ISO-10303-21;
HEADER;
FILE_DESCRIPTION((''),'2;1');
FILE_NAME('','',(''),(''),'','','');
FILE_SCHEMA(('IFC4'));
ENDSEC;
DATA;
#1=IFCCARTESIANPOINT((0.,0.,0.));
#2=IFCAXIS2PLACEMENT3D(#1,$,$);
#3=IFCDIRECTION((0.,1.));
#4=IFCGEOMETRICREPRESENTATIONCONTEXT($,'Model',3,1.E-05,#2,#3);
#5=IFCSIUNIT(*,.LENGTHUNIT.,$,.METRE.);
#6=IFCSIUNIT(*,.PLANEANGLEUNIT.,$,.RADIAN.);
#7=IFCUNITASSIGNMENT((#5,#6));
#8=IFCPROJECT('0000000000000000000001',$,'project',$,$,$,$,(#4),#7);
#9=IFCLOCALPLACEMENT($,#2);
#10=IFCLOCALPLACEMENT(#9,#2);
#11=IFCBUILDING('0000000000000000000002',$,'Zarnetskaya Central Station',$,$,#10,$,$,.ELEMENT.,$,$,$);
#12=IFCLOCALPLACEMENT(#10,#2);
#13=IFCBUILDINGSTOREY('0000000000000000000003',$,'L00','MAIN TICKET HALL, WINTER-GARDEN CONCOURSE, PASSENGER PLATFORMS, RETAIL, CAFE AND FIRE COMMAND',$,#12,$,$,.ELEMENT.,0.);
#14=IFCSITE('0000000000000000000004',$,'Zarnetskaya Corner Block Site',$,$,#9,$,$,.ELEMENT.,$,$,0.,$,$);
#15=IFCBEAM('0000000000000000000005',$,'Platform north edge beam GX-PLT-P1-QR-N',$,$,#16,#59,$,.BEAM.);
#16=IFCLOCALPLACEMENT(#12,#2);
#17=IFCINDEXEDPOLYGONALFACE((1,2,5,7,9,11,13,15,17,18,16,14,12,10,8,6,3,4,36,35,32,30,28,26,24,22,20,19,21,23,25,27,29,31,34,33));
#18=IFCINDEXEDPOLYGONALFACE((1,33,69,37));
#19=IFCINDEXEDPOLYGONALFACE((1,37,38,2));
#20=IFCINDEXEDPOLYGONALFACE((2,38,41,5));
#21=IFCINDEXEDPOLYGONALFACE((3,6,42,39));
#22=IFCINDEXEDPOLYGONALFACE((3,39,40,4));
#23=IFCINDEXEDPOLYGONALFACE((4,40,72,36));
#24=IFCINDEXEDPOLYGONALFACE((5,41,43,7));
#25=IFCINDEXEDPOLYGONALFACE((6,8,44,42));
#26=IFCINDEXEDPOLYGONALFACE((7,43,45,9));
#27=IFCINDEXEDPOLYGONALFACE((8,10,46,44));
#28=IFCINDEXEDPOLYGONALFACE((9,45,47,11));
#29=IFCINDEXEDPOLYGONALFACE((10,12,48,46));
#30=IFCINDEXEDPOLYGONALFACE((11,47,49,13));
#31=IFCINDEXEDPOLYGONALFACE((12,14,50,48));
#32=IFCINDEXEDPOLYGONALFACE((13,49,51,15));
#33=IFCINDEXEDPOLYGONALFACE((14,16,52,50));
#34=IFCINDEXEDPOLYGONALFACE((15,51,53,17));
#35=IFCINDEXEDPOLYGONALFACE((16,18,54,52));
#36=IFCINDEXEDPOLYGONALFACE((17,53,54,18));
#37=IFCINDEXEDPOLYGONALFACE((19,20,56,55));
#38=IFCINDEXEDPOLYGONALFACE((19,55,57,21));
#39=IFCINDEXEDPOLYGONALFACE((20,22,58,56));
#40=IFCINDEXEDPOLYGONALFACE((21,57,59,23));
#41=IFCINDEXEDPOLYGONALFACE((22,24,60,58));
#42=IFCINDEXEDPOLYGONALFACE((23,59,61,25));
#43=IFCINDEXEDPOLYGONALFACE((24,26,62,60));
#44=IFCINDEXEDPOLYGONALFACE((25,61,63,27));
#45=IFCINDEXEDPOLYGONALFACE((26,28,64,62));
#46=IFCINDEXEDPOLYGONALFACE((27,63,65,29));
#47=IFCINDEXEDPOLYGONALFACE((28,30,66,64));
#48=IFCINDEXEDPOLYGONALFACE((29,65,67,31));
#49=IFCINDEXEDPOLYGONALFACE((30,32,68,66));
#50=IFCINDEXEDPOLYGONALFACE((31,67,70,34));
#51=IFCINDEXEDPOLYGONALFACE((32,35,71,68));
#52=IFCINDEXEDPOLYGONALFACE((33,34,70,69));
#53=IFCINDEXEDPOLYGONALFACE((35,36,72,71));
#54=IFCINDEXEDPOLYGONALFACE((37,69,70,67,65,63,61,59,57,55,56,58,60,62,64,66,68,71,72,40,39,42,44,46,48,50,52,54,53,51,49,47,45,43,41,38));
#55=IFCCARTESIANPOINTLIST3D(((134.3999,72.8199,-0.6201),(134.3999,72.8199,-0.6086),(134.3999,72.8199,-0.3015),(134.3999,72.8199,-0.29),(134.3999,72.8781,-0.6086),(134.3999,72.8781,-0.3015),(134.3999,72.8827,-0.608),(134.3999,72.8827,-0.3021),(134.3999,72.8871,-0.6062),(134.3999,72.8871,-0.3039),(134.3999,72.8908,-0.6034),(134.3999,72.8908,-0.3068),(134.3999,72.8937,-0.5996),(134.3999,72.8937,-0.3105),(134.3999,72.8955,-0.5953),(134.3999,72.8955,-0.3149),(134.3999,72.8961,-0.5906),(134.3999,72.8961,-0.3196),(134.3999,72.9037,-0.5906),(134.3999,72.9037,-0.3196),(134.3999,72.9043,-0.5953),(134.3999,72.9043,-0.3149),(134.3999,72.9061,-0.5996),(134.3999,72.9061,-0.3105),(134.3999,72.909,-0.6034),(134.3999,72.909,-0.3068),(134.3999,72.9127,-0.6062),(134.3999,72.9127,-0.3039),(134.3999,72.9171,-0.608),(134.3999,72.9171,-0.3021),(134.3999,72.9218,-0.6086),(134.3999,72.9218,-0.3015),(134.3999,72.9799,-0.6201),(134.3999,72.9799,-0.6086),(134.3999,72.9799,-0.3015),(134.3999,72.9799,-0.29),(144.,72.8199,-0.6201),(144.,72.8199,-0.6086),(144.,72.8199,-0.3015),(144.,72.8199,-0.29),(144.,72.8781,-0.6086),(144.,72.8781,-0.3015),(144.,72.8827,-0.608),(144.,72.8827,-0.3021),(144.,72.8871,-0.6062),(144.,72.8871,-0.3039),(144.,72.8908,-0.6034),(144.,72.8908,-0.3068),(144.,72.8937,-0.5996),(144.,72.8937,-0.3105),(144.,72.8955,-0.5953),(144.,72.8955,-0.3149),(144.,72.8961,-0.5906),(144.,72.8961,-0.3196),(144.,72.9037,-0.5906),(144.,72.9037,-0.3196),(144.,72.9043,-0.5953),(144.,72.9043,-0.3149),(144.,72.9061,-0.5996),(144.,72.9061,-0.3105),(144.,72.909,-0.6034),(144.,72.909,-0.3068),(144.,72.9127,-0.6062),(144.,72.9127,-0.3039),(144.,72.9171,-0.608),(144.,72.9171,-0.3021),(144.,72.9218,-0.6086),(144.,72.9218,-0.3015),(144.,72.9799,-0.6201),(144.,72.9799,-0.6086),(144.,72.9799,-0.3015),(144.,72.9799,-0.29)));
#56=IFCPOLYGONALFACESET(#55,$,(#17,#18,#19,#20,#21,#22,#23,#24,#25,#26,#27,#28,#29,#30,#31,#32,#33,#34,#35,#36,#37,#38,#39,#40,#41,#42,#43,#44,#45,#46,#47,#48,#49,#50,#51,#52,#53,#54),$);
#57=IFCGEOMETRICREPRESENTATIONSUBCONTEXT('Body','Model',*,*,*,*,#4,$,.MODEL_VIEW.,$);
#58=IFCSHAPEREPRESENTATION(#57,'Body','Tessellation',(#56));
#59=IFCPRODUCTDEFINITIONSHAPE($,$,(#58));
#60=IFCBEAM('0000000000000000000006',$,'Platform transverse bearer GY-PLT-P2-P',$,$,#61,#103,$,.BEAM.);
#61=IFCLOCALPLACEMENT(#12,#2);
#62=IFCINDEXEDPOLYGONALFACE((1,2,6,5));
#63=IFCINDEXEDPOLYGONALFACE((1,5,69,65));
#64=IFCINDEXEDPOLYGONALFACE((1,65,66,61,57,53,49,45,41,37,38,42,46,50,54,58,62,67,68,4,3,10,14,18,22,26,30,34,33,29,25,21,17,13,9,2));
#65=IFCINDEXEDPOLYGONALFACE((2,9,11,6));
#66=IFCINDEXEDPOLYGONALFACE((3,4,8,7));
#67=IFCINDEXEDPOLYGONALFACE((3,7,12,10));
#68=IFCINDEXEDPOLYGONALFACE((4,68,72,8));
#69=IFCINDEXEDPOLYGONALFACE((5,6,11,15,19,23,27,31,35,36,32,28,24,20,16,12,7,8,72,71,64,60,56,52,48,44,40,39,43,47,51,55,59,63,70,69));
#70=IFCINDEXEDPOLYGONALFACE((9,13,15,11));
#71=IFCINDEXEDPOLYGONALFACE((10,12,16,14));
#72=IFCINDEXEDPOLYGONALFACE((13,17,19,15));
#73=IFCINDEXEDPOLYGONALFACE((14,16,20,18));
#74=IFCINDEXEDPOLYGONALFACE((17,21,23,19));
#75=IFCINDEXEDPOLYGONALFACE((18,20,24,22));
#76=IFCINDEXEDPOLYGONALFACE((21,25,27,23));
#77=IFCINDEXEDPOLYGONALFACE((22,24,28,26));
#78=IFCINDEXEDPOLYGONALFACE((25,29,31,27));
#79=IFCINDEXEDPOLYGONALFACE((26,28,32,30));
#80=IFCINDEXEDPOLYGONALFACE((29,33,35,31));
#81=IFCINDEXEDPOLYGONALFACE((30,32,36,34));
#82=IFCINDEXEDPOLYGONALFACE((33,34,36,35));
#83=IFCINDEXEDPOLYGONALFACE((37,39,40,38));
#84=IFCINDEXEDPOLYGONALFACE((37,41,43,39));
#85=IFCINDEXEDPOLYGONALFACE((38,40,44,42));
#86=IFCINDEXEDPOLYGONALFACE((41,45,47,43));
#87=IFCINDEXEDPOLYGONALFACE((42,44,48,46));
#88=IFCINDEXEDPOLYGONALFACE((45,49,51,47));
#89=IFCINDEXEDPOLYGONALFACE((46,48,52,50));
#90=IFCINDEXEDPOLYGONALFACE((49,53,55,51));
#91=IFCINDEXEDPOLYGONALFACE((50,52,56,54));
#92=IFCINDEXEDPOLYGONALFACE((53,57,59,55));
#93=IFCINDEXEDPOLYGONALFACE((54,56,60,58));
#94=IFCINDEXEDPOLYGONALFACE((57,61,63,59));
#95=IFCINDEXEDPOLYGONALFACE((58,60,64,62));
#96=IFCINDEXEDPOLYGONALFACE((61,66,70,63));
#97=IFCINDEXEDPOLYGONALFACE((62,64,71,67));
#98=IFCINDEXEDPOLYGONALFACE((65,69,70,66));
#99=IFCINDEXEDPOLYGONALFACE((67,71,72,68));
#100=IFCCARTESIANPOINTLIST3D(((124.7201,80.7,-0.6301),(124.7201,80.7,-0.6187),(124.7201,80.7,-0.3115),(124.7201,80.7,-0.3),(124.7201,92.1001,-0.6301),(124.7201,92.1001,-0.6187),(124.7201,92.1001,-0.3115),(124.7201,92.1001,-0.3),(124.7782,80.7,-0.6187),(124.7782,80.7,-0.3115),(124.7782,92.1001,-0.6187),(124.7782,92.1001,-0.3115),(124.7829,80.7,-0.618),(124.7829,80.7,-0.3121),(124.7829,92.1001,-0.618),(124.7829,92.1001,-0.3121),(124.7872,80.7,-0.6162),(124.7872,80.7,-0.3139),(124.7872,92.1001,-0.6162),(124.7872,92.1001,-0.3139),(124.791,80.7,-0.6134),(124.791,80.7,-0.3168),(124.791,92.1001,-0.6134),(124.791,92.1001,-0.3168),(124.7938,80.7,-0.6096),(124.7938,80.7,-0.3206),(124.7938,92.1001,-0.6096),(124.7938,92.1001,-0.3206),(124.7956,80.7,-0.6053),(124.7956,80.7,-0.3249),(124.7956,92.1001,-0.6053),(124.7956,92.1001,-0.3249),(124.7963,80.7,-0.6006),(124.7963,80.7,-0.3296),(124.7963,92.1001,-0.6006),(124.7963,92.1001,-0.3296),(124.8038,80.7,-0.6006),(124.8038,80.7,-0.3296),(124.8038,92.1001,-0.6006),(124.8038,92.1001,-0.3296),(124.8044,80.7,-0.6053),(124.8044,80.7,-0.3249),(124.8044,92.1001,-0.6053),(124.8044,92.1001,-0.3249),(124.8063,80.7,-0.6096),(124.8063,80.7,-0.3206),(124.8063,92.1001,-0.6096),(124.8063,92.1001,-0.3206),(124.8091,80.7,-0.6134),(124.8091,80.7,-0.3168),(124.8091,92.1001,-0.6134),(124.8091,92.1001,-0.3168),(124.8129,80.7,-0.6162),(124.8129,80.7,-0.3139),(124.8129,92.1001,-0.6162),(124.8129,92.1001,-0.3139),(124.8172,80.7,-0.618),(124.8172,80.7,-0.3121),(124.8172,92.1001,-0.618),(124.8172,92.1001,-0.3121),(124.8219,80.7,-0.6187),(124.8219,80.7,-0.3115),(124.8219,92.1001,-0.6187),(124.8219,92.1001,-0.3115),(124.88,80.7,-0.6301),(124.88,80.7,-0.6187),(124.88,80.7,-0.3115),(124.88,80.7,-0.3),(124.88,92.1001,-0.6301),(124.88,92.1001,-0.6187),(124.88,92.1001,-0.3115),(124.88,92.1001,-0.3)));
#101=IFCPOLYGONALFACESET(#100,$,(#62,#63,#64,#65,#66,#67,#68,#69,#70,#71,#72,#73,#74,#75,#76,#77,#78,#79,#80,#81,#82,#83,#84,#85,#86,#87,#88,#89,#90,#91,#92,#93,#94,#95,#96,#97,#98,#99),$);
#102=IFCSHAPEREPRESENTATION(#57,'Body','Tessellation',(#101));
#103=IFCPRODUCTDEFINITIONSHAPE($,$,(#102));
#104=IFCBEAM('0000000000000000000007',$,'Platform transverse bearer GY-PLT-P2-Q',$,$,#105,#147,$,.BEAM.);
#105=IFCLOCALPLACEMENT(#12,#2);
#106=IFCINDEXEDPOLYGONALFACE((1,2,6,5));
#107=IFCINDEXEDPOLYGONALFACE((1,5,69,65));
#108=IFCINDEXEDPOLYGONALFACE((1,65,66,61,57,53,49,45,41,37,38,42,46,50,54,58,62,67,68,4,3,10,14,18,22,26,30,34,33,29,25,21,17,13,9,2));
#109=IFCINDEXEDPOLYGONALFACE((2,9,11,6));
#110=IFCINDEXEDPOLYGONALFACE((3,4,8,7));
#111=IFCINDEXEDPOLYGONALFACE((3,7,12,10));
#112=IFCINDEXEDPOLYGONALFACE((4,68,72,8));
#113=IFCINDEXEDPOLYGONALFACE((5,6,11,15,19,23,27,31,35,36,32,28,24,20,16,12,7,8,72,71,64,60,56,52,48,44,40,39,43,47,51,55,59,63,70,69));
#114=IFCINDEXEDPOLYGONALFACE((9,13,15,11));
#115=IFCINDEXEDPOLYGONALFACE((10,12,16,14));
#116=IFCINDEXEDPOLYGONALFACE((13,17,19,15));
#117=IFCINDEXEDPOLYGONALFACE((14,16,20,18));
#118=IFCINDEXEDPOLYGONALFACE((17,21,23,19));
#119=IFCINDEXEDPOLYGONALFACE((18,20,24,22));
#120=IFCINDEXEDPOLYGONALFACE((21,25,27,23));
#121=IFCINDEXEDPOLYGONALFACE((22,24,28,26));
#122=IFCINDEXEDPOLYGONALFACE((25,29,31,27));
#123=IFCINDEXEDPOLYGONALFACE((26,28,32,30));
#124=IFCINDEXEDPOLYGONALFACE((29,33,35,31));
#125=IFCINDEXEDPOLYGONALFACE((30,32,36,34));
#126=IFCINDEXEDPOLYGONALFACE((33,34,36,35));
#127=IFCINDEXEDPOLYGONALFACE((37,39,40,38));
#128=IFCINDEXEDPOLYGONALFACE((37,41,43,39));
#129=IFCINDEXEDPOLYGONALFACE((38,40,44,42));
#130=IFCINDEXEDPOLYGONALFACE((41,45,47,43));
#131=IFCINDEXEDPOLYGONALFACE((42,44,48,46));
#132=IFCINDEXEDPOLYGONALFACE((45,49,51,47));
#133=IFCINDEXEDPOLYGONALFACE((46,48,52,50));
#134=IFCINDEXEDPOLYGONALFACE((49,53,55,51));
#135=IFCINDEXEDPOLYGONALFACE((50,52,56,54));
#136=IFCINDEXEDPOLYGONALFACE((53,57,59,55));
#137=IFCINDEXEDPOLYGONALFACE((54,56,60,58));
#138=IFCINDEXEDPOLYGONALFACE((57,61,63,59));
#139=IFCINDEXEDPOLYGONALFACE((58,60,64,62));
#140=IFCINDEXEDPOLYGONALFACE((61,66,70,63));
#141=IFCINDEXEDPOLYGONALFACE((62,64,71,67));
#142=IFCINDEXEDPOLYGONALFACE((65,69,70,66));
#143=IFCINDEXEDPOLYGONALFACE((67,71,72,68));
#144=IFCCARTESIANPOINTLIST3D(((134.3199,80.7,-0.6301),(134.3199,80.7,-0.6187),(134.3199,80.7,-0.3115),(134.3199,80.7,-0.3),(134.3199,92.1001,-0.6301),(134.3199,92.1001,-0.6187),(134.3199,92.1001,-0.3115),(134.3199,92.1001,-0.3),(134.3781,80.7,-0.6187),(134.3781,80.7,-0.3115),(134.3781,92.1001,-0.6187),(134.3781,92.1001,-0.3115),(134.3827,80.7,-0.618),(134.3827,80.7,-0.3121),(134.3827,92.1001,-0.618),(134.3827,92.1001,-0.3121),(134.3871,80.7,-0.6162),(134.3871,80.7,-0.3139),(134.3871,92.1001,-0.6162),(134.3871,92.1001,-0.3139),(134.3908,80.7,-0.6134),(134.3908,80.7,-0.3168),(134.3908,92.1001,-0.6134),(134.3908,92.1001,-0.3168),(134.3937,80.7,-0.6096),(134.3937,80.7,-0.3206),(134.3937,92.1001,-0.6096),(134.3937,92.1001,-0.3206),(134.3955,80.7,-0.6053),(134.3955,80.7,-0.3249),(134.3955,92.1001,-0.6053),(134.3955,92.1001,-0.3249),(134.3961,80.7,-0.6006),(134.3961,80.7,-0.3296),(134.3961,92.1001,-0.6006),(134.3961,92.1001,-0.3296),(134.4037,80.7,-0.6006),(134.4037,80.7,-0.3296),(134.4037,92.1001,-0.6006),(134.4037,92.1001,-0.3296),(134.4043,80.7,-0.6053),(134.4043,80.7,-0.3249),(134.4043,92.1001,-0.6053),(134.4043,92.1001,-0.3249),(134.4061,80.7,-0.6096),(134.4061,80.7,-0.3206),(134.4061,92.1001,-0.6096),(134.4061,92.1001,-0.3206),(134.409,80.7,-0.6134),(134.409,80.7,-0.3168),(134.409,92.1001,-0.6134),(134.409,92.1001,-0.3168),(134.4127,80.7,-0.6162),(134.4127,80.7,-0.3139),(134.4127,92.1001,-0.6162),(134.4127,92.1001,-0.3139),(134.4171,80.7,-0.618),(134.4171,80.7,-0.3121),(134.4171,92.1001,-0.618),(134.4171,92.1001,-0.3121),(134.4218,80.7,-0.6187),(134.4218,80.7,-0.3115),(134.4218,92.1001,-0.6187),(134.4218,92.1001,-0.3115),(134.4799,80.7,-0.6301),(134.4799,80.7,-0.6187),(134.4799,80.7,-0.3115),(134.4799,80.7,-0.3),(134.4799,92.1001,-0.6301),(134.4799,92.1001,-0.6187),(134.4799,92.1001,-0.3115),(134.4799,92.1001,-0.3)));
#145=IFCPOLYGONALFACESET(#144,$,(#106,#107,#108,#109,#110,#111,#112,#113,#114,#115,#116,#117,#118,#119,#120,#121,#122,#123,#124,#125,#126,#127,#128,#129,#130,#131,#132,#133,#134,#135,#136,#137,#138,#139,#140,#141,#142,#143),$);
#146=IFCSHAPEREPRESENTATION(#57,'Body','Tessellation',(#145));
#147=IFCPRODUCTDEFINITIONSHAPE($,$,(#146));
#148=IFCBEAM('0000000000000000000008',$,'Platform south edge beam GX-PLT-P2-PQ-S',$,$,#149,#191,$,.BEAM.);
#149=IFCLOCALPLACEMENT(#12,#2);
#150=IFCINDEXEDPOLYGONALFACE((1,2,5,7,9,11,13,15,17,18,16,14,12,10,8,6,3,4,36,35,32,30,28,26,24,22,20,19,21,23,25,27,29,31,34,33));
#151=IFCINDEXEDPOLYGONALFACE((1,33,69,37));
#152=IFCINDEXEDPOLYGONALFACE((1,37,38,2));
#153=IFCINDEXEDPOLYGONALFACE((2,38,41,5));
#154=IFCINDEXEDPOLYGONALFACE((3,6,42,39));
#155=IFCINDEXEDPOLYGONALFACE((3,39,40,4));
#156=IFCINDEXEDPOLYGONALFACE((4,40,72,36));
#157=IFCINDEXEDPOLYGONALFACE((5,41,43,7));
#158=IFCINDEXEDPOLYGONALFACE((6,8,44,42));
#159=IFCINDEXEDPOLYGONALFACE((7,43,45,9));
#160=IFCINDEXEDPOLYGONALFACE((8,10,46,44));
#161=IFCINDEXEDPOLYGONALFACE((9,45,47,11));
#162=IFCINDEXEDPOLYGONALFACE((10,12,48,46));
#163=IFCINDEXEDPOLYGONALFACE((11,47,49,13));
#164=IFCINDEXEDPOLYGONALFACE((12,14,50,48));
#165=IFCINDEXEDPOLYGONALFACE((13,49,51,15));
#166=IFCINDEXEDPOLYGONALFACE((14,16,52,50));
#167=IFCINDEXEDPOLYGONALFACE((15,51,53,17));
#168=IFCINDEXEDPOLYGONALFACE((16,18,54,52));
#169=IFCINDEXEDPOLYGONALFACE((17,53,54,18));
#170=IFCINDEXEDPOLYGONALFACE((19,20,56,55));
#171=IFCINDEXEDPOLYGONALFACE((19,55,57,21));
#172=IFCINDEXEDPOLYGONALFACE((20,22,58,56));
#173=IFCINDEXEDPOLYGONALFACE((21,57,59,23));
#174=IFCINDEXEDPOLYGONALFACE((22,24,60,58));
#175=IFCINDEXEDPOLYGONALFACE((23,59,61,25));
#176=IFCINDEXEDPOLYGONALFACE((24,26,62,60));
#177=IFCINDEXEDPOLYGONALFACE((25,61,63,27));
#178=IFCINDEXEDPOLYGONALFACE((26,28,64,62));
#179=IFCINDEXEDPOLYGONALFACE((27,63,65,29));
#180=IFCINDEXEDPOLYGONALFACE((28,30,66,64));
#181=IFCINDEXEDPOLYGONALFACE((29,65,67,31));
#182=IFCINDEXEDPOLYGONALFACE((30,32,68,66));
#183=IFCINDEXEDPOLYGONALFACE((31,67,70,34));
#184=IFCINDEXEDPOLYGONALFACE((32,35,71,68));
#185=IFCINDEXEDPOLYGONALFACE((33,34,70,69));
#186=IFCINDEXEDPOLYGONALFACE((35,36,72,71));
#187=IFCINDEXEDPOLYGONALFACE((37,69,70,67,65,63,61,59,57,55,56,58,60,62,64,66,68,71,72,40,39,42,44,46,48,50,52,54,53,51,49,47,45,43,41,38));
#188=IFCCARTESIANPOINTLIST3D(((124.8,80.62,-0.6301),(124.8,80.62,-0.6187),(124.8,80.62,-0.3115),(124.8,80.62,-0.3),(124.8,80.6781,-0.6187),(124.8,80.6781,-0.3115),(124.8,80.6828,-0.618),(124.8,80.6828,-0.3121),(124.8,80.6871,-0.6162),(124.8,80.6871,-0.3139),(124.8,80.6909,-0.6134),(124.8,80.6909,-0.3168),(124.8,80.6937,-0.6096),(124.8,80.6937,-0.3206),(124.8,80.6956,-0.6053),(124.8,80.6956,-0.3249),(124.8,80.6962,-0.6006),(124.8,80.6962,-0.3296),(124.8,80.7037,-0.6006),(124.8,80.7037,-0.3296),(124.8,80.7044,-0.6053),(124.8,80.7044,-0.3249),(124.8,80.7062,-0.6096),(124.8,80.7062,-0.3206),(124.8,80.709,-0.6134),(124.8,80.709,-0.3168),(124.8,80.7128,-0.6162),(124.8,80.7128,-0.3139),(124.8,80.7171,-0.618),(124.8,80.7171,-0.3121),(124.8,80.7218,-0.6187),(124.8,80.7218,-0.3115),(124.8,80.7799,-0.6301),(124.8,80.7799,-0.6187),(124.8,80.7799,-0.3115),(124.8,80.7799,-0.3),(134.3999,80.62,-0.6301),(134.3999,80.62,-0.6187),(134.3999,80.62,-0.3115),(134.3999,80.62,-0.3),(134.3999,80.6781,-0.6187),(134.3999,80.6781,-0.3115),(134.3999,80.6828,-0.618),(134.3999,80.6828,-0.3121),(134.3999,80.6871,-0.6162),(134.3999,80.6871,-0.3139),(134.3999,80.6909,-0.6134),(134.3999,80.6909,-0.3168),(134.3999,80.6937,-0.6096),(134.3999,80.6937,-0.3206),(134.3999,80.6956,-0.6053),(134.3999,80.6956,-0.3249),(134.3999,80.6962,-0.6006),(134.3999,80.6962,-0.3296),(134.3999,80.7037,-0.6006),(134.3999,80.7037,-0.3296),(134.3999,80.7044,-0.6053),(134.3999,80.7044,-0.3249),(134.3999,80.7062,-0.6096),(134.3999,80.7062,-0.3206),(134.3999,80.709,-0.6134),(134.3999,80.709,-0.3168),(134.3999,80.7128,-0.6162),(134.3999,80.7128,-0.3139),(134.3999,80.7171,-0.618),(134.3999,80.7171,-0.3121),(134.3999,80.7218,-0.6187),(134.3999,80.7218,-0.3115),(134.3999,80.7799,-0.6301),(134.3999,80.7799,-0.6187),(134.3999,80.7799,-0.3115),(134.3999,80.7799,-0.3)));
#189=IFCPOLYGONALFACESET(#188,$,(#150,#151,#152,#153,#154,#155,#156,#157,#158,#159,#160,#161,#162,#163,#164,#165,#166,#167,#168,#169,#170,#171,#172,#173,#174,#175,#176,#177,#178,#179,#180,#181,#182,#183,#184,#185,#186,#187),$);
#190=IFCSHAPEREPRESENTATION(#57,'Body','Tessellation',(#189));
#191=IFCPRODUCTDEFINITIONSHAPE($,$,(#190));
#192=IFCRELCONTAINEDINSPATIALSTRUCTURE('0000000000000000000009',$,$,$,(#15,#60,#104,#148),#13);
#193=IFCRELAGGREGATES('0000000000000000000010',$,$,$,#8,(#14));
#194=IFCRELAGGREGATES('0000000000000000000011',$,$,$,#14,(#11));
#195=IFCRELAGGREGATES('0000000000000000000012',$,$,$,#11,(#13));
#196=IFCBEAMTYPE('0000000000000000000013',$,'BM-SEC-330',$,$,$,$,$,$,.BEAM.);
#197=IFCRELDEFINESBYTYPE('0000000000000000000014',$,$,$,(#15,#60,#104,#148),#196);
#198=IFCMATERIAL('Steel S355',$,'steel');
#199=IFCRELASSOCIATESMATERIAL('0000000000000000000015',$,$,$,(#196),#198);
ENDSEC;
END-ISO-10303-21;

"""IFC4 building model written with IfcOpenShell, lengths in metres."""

from ifc_helpers import new_model, si_unit, direction, frame, origin, origin_2d, place, context, subcontext, project, spatial, i_section, extrude, material, material_profile, profile_set, type_object, element, save


model = new_model("IFC4")

# Units and contexts
model_context = context("Model", 3, precision=1e-05, world=origin(), true_north=direction((0.0, 1.0)))
body_context = subcontext(model_context, "Body", "Model", "MODEL_VIEW")
ifc_project = project(units=[si_unit("LENGTHUNIT", "METRE"), si_unit("PLANEANGLEUNIT", "RADIAN")], contexts=[model_context])

# Site, building, storey
site_placement = place(None, origin())
site = spatial("IfcSite", under=ifc_project, at=site_placement, Name="Zarnetskaya Corner Block Site", CompositionType="ELEMENT", RefElevation=0.0)
building_placement = place(site_placement, origin())
building = spatial("IfcBuilding", under=site, at=building_placement, Name="Zarnetskaya Central Station", CompositionType="ELEMENT")
storey_placement = place(building_placement, origin())
storey = spatial("IfcBuildingStorey", under=building, at=storey_placement, Name="L00", Description="MAIN TICKET HALL, WINTER-GARDEN CONCOURSE, PASSENGER PLATFORMS, RETAIL, CAFE AND FIRE COMMAND", CompositionType="ELEMENT", Elevation=0.0)

# Shared definitions
ifc_material = material(Name="Steel S355", Category="steel")

# Beams
ifc_material_profile_1 = material_profile(ifc_material, i_section(OverallWidth=0.1599, OverallDepth=0.3301, WebThickness=0.0076, FlangeThickness=0.0115, FilletRadius=0.0181, at=origin_2d()), Name="IPE 330")
ifc_profile_set_1 = profile_set([ifc_material_profile_1], Name="Steel S355")
beam_type_1 = type_object("IfcBeamType", Name="BM-SEC-330", PredefinedType="BEAM", material=ifc_profile_set_1)
beam_1_placement = place(storey_placement, frame((134.3999, 72.8999, -0.4551), z_axis=(1.0, 0.0, 0.0), x_axis=(0.0, 1.0, 0.0)))
element("IfcBeam", 1, at=beam_1_placement, inside=storey, type_object=beam_type_1, Name="Platform north edge beam GX-PLT-P1-QR-N", PredefinedType="BEAM", context=body_context, shape_type="SweptSolid", body=[
    extrude(i_section(OverallWidth=0.1599, OverallDepth=0.3301, WebThickness=0.0076, FlangeThickness=0.0115, FilletRadius=0.0181, at=origin_2d()), origin(), (0.0, 0.0, 1.0), 9.6001),
])
for number, where, z_axis, x_axis, name in (
    (2, (124.8, 80.7, -0.4651), (0.0, 1.0, 0.0), (-1.0, 0.0, 0.0), "Platform transverse bearer GY-PLT-P2-P"),
    (3, (134.3999, 80.7, -0.4651), (0.0, 1.0, 0.0), (-1.0, 0.0, 0.0), "Platform transverse bearer GY-PLT-P2-Q"),
):
    element("IfcBeam", number, at=place(storey_placement, frame(where, z_axis=z_axis, x_axis=x_axis)), inside=storey, type_object=beam_type_1, Name=name, PredefinedType="BEAM", context=body_context, shape_type="SweptSolid", body=[
        extrude(i_section(OverallWidth=0.1599, OverallDepth=0.3301, WebThickness=0.0076, FlangeThickness=0.0115, FilletRadius=0.0181, at=origin_2d()), origin(), (0.0, 0.0, 1.0), 11.4001),
    ])
beam_2_placement = place(storey_placement, frame((124.8, 80.7, -0.4651), z_axis=(1.0, 0.0, 0.0), x_axis=(0.0, 1.0, 0.0)))
element("IfcBeam", 4, at=beam_2_placement, inside=storey, type_object=beam_type_1, Name="Platform south edge beam GX-PLT-P2-PQ-S", PredefinedType="BEAM", context=body_context, shape_type="SweptSolid", body=[
    extrude(i_section(OverallWidth=0.1599, OverallDepth=0.3301, WebThickness=0.0076, FlangeThickness=0.0115, FilletRadius=0.0181, at=origin_2d()), origin(), (0.0, 0.0, 1.0), 9.5999),
])

save(model, "model.ifc")
